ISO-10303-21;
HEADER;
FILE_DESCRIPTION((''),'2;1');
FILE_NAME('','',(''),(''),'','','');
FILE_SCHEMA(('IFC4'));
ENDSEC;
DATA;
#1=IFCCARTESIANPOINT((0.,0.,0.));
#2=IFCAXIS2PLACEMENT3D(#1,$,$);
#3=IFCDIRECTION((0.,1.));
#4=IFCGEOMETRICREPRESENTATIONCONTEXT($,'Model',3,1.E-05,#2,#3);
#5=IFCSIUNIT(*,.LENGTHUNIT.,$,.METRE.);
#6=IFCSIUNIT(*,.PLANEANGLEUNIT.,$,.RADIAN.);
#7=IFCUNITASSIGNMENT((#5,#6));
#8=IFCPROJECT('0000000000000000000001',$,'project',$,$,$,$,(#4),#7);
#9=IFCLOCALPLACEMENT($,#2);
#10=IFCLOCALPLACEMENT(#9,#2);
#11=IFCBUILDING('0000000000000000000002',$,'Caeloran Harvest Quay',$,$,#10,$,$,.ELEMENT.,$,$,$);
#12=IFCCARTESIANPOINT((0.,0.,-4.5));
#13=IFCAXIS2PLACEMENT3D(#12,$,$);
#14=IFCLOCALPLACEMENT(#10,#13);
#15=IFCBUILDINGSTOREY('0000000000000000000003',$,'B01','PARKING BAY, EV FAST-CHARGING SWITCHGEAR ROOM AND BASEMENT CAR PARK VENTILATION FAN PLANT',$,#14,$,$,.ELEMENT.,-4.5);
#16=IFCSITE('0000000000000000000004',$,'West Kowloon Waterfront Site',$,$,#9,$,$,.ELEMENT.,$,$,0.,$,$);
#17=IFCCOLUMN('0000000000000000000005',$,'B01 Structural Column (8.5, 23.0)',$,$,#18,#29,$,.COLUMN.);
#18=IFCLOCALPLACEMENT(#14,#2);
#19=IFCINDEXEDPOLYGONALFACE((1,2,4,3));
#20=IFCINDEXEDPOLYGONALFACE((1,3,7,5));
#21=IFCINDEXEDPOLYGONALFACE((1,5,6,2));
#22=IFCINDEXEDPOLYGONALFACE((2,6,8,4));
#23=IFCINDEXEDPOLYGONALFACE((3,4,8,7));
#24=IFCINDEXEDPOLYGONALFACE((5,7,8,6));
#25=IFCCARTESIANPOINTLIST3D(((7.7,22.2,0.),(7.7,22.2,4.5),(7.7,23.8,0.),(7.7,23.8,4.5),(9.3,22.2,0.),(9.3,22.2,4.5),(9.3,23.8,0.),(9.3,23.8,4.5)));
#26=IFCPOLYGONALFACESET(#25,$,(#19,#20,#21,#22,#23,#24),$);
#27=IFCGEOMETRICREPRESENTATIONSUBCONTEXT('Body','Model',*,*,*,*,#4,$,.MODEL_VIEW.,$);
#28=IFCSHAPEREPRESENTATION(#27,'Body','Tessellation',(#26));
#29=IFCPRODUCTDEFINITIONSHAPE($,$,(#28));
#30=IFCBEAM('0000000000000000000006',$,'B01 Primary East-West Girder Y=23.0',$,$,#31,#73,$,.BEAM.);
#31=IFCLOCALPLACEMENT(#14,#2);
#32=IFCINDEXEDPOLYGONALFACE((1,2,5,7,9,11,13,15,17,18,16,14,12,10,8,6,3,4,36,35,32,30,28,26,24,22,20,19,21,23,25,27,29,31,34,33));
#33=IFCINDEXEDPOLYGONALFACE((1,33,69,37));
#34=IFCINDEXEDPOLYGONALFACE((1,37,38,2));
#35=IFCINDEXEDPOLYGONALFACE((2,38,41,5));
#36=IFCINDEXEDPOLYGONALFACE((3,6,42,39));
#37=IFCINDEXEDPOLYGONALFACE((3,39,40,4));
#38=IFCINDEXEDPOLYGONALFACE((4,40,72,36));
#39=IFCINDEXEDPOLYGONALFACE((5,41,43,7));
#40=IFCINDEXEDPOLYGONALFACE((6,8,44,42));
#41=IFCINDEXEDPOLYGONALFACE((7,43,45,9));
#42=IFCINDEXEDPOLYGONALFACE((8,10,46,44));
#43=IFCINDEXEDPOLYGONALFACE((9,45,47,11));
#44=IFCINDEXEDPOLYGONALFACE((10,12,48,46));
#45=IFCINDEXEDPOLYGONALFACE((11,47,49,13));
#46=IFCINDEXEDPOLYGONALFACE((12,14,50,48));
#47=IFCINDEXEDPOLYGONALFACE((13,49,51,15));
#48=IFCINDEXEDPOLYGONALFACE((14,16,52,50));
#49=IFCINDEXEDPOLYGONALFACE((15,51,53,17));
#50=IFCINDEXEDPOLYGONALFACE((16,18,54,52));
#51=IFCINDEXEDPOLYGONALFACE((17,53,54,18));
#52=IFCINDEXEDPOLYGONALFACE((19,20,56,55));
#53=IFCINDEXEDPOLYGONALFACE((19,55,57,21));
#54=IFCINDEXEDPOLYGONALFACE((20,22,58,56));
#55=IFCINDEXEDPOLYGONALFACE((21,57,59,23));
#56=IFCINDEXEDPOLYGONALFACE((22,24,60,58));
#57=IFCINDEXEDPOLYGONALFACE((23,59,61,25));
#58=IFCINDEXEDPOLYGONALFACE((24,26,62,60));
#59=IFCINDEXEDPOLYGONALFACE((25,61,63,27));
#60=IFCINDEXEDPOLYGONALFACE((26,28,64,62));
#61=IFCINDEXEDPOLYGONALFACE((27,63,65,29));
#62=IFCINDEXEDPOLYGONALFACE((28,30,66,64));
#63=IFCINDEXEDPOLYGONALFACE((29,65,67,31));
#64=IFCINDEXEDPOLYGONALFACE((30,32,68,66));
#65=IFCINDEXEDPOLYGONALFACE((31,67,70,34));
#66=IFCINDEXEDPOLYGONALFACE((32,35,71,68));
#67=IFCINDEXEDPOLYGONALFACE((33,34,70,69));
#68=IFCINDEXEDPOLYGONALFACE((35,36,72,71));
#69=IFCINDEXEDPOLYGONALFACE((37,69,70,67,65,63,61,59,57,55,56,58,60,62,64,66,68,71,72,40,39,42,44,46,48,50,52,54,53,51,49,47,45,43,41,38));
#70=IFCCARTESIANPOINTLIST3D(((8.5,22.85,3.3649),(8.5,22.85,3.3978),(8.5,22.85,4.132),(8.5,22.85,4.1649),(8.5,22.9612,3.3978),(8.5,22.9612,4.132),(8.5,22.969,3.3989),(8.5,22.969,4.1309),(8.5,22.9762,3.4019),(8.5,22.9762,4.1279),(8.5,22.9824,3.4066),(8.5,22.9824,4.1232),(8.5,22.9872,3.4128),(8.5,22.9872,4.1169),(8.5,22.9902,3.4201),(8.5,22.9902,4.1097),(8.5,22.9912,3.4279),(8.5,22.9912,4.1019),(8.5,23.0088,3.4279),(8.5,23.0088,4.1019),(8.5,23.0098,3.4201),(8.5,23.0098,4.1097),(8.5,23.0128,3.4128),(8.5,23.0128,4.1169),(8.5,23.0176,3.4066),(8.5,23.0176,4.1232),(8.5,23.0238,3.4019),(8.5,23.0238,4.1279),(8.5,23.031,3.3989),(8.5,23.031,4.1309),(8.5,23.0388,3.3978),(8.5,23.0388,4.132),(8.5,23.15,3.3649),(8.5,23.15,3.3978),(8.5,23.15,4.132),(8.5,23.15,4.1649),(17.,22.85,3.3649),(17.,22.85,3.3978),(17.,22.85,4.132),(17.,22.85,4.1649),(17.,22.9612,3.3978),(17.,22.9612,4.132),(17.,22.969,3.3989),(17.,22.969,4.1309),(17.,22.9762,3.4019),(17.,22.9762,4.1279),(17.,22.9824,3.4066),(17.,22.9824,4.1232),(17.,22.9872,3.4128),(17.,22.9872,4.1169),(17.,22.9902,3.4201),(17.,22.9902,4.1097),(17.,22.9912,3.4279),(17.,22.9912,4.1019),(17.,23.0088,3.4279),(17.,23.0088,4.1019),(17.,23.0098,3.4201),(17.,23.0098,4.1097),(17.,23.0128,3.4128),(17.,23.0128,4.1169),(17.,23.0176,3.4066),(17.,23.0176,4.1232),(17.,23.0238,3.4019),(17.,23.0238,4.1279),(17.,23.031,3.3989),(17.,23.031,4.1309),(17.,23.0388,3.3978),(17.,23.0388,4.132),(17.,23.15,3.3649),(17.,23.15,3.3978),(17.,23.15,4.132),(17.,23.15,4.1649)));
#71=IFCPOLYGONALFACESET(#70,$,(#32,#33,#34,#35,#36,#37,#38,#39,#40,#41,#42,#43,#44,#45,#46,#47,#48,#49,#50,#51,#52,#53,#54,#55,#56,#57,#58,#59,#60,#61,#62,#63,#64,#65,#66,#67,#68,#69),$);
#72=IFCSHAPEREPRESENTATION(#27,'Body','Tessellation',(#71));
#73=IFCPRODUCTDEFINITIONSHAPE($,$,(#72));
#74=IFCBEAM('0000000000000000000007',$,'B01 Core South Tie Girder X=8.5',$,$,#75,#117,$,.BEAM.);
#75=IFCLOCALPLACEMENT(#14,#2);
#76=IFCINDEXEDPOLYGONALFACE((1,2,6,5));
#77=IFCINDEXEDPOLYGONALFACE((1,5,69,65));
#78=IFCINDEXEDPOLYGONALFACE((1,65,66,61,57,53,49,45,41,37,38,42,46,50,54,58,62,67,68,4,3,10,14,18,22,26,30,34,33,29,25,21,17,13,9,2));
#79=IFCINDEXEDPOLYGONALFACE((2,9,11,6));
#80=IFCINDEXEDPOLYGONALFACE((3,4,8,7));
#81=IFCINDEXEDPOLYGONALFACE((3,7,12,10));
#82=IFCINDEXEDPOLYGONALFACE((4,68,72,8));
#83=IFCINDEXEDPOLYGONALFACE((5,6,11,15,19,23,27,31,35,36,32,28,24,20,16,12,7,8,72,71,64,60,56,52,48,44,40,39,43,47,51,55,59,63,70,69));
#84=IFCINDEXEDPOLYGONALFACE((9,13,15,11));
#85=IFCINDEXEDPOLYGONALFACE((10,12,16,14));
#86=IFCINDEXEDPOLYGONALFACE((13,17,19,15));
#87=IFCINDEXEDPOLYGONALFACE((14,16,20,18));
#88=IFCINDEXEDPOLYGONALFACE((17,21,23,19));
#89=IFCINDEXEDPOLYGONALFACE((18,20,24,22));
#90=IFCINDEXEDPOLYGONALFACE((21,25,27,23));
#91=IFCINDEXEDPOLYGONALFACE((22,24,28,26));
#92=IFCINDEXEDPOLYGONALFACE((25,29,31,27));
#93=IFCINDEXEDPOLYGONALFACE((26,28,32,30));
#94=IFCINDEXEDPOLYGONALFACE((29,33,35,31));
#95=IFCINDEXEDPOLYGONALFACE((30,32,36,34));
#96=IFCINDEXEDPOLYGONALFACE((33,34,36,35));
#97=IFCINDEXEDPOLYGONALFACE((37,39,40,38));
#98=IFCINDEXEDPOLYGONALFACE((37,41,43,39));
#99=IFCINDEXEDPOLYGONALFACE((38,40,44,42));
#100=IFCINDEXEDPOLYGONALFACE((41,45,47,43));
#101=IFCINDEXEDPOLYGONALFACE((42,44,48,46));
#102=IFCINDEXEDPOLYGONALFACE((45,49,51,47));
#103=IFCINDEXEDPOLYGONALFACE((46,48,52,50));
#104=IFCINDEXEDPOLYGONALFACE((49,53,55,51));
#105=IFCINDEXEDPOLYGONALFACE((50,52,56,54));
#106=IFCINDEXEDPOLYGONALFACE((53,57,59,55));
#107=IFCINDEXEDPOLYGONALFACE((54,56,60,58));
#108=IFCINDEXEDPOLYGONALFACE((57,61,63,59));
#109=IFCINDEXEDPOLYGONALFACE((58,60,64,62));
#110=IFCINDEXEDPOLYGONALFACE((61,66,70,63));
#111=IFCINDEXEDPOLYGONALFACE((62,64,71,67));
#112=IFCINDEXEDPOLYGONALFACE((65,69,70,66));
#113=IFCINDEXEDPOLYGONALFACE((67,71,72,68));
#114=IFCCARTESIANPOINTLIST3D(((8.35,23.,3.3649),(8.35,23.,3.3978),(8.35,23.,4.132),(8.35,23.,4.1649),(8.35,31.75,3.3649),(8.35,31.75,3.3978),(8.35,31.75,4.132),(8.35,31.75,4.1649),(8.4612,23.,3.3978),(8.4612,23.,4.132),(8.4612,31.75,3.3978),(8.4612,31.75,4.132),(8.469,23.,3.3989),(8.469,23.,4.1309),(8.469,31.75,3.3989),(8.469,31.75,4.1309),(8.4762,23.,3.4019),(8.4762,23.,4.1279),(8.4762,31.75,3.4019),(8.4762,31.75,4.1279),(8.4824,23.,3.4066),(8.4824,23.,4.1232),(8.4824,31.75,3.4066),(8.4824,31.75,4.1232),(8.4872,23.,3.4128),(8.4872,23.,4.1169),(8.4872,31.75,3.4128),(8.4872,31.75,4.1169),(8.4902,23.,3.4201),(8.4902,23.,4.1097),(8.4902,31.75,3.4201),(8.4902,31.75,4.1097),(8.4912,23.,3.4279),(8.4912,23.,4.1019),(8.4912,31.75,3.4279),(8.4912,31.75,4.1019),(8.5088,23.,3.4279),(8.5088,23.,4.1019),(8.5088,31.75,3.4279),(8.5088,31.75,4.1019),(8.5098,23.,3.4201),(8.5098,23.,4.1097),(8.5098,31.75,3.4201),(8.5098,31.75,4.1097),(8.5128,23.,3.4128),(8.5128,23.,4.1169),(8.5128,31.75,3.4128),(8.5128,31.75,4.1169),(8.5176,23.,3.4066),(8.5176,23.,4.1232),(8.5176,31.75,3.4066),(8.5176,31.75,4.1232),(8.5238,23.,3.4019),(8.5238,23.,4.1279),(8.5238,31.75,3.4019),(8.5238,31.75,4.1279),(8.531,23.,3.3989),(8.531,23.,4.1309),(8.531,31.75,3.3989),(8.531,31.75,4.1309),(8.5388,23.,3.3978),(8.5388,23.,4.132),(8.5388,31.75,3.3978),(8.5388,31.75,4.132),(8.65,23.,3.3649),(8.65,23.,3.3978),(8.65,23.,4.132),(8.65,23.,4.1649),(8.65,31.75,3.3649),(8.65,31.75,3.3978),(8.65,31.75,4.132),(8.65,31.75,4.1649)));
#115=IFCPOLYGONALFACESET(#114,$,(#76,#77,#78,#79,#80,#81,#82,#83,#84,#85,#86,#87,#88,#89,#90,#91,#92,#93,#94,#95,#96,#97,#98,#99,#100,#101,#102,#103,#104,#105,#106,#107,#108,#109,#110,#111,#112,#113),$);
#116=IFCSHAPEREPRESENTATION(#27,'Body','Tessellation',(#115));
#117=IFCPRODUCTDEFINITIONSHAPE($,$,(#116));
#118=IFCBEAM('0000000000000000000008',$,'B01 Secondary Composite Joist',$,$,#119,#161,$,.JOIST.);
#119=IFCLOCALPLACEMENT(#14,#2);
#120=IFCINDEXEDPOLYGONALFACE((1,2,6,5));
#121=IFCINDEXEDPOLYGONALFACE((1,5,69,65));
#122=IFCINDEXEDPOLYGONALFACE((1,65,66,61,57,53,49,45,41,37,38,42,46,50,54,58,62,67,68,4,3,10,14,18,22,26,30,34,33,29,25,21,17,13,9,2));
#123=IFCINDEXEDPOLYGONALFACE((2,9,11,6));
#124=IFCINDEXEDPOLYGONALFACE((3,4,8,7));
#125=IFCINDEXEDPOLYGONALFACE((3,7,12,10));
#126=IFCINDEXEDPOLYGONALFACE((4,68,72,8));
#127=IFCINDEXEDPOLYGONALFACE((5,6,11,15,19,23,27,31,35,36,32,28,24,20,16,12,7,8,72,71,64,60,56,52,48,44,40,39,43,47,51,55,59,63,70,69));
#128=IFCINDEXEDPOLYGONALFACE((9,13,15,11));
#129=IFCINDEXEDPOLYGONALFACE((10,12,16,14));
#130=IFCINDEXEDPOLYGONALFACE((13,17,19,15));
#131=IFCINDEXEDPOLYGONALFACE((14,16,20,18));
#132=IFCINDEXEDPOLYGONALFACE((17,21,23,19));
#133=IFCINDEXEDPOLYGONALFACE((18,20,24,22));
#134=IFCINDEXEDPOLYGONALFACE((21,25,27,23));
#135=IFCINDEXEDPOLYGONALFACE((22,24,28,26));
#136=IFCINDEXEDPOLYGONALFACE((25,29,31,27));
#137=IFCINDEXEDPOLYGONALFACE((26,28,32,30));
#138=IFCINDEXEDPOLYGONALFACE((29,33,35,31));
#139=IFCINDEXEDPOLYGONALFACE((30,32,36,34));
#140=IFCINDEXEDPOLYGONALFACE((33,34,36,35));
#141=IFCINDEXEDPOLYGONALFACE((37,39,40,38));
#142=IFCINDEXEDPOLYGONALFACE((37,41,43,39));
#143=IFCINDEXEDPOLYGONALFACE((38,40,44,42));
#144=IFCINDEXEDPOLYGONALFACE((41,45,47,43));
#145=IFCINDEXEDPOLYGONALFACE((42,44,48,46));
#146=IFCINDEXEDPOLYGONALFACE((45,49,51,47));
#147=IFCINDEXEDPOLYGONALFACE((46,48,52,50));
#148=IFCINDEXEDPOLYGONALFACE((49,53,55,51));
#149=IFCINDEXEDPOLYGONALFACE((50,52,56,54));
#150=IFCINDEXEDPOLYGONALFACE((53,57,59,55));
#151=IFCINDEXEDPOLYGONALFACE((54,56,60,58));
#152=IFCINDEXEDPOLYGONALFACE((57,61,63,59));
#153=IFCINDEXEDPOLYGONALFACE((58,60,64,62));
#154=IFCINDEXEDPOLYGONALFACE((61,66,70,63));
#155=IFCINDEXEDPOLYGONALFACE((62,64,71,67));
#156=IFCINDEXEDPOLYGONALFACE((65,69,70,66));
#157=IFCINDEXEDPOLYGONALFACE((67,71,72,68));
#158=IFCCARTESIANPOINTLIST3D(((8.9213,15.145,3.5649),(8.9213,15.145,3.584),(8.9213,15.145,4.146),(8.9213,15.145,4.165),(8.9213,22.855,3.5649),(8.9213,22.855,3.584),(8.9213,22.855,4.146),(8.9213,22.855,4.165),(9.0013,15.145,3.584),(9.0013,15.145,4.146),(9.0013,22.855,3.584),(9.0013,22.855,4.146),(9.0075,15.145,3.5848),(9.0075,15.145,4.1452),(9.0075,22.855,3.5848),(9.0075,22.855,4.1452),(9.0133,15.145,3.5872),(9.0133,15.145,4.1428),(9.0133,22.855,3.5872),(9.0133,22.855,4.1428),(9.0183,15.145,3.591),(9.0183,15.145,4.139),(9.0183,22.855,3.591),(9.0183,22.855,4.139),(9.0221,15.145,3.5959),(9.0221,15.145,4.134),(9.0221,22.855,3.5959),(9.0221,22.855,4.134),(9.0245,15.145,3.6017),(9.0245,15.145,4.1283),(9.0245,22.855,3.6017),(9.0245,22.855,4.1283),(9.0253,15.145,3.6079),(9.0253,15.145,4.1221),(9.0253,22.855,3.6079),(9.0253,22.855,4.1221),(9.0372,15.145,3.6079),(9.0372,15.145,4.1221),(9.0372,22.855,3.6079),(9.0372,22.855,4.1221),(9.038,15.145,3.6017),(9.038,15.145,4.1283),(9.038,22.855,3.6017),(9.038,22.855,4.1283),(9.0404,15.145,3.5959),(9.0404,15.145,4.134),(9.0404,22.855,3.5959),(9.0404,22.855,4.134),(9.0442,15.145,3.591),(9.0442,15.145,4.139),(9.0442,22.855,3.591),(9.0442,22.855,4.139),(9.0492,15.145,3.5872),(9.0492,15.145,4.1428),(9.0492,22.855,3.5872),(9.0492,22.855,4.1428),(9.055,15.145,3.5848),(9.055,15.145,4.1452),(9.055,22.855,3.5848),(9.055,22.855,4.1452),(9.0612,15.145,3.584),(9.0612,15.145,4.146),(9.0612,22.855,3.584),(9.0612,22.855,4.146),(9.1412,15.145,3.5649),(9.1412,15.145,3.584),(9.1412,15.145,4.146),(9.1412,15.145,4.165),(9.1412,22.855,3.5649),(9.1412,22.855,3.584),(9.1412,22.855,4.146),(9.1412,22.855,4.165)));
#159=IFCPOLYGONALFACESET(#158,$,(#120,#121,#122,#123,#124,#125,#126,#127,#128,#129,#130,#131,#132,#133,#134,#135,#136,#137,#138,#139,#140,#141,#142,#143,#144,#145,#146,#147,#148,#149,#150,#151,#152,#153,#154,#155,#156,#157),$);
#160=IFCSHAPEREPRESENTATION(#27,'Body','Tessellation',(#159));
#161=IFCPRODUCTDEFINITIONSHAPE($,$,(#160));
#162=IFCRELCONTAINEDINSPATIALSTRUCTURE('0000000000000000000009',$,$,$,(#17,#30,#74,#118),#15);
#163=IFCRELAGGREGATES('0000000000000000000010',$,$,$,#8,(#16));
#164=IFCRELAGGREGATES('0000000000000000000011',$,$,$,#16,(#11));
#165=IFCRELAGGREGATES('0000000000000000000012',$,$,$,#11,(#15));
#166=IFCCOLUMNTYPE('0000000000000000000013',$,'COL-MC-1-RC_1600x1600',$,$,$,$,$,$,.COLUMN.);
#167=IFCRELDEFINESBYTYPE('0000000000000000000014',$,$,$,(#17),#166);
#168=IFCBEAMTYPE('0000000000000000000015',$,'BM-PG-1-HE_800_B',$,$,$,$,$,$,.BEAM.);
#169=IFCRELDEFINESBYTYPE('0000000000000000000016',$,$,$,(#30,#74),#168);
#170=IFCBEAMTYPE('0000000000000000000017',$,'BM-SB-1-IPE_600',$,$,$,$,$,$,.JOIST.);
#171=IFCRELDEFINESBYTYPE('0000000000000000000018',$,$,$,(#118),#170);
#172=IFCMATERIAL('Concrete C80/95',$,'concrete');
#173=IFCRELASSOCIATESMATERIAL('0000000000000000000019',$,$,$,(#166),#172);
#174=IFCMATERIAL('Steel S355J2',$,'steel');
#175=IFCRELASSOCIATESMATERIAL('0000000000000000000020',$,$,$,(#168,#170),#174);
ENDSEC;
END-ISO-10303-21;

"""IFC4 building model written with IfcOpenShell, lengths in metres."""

from ifc_helpers import new_model, si_unit, direction, frame, origin, origin_2d, place, context, subcontext, project, spatial, rectangle, i_section, extrude, material, material_profile, profile_set, type_object, element, save


model = new_model("IFC4")

# Units and contexts
model_context = context("Model", 3, precision=1e-05, world=origin(), true_north=direction((0.0, 1.0)))
body_context = subcontext(model_context, "Body", "Model", "MODEL_VIEW")
ifc_project = project(units=[si_unit("LENGTHUNIT", "METRE"), si_unit("PLANEANGLEUNIT", "RADIAN")], contexts=[model_context])

# Site, building, storey
site_placement = place(None, origin())
site = spatial("IfcSite", under=ifc_project, at=site_placement, Name="West Kowloon Waterfront Site", CompositionType="ELEMENT", RefElevation=0.0)
building_placement = place(site_placement, origin())
building = spatial("IfcBuilding", under=site, at=building_placement, Name="Caeloran Harvest Quay", CompositionType="ELEMENT")
storey_placement = place(building_placement, frame((0.0, 0.0, -4.5)))
storey = spatial("IfcBuildingStorey", under=building, at=storey_placement, Name="B01", Description="PARKING BAY, EV FAST-CHARGING SWITCHGEAR ROOM AND BASEMENT CAR PARK VENTILATION FAN PLANT", CompositionType="ELEMENT", Elevation=-4.5)

# Column
ifc_material_1 = material(Name="Concrete C80/95", Category="concrete")
ifc_material_profile_1 = material_profile(ifc_material_1, rectangle(XDim=1.6001, YDim=1.6001, at=origin_2d()), Name="RC 1600x1600")
ifc_profile_set_1 = profile_set([ifc_material_profile_1], Name="Concrete C80/95")
column_type = type_object("IfcColumnType", Name="COL-MC-1-RC_1600x1600", PredefinedType="COLUMN", material=ifc_profile_set_1)
column_placement = place(storey_placement, frame((8.5, 23.0, 0.0), z_axis=(0.0, 0.0, 1.0), x_axis=(1.0, 0.0, 0.0)))
element("IfcColumn", 1, at=column_placement, inside=storey, type_object=column_type, Name="B01 Structural Column (8.5, 23.0)", PredefinedType="COLUMN", context=body_context, shape_type="SweptSolid", body=[
    extrude(rectangle(XDim=1.6001, YDim=1.6001, at=origin_2d()), origin(), (0.0, 0.0, 1.0), 4.5),
])

# Beams
ifc_material_2 = material(Name="Steel S355J2", Category="steel")
ifc_material_profile_2 = material_profile(ifc_material_2, i_section(OverallWidth=0.3, OverallDepth=0.8, WebThickness=0.0176, FlangeThickness=0.033, FilletRadius=0.03, at=origin_2d()), Name="HE 800 B")
ifc_profile_set_2 = profile_set([ifc_material_profile_2], Name="Steel S355J2")
beam_type_1 = type_object("IfcBeamType", Name="BM-PG-1-HE_800_B", PredefinedType="BEAM", material=ifc_profile_set_2)
beam_1_placement = place(storey_placement, frame((8.5, 23.0, 3.7649), z_axis=(1.0, 0.0, 0.0), x_axis=(0.0, 1.0, 0.0)))
element("IfcBeam", 2, at=beam_1_placement, inside=storey, type_object=beam_type_1, Name="B01 Primary East-West Girder Y=23.0", PredefinedType="BEAM", context=body_context, shape_type="SweptSolid", body=[
    extrude(i_section(OverallWidth=0.3, OverallDepth=0.8, WebThickness=0.0176, FlangeThickness=0.033, FilletRadius=0.03, at=origin_2d()), origin(), (0.0, 0.0, 1.0), 8.5),
])
beam_2_placement = place(storey_placement, frame((8.5, 23.0, 3.7649), z_axis=(0.0, 1.0, 0.0), x_axis=(-1.0, 0.0, 0.0)))
element("IfcBeam", 3, at=beam_2_placement, inside=storey, type_object=beam_type_1, Name="B01 Core South Tie Girder X=8.5", PredefinedType="BEAM", context=body_context, shape_type="SweptSolid", body=[
    extrude(i_section(OverallWidth=0.3, OverallDepth=0.8, WebThickness=0.0176, FlangeThickness=0.033, FilletRadius=0.03, at=origin_2d()), origin(), (0.0, 0.0, 1.0), 8.75),
])
ifc_material_profile_3 = material_profile(ifc_material_2, i_section(OverallWidth=0.22, OverallDepth=0.6001, WebThickness=0.012, FlangeThickness=0.019, FilletRadius=0.0239, at=origin_2d()), Name="IPE 600")
ifc_profile_set_3 = profile_set([ifc_material_profile_3], Name="Steel S355J2")
beam_type_2 = type_object("IfcBeamType", Name="BM-SB-1-IPE_600", PredefinedType="JOIST", material=ifc_profile_set_3)
for number, where, z_axis, x_axis, name in (
    (4, (9.0312, 15.145, 3.865), (0.0, 1.0, 0.0), (-1.0, 0.0, 0.0), "B01 Secondary Composite Joist"),
):
    element("IfcBeam", number, at=place(storey_placement, frame(where, z_axis=z_axis, x_axis=x_axis)), inside=storey, type_object=beam_type_2, Name=name, PredefinedType="JOIST", context=body_context, shape_type="SweptSolid", body=[
        extrude(i_section(OverallWidth=0.22, OverallDepth=0.6001, WebThickness=0.012, FlangeThickness=0.019, FilletRadius=0.0239, at=origin_2d()), origin(), (0.0, 0.0, 1.0), 7.71),
    ])

save(model, "model.ifc")
